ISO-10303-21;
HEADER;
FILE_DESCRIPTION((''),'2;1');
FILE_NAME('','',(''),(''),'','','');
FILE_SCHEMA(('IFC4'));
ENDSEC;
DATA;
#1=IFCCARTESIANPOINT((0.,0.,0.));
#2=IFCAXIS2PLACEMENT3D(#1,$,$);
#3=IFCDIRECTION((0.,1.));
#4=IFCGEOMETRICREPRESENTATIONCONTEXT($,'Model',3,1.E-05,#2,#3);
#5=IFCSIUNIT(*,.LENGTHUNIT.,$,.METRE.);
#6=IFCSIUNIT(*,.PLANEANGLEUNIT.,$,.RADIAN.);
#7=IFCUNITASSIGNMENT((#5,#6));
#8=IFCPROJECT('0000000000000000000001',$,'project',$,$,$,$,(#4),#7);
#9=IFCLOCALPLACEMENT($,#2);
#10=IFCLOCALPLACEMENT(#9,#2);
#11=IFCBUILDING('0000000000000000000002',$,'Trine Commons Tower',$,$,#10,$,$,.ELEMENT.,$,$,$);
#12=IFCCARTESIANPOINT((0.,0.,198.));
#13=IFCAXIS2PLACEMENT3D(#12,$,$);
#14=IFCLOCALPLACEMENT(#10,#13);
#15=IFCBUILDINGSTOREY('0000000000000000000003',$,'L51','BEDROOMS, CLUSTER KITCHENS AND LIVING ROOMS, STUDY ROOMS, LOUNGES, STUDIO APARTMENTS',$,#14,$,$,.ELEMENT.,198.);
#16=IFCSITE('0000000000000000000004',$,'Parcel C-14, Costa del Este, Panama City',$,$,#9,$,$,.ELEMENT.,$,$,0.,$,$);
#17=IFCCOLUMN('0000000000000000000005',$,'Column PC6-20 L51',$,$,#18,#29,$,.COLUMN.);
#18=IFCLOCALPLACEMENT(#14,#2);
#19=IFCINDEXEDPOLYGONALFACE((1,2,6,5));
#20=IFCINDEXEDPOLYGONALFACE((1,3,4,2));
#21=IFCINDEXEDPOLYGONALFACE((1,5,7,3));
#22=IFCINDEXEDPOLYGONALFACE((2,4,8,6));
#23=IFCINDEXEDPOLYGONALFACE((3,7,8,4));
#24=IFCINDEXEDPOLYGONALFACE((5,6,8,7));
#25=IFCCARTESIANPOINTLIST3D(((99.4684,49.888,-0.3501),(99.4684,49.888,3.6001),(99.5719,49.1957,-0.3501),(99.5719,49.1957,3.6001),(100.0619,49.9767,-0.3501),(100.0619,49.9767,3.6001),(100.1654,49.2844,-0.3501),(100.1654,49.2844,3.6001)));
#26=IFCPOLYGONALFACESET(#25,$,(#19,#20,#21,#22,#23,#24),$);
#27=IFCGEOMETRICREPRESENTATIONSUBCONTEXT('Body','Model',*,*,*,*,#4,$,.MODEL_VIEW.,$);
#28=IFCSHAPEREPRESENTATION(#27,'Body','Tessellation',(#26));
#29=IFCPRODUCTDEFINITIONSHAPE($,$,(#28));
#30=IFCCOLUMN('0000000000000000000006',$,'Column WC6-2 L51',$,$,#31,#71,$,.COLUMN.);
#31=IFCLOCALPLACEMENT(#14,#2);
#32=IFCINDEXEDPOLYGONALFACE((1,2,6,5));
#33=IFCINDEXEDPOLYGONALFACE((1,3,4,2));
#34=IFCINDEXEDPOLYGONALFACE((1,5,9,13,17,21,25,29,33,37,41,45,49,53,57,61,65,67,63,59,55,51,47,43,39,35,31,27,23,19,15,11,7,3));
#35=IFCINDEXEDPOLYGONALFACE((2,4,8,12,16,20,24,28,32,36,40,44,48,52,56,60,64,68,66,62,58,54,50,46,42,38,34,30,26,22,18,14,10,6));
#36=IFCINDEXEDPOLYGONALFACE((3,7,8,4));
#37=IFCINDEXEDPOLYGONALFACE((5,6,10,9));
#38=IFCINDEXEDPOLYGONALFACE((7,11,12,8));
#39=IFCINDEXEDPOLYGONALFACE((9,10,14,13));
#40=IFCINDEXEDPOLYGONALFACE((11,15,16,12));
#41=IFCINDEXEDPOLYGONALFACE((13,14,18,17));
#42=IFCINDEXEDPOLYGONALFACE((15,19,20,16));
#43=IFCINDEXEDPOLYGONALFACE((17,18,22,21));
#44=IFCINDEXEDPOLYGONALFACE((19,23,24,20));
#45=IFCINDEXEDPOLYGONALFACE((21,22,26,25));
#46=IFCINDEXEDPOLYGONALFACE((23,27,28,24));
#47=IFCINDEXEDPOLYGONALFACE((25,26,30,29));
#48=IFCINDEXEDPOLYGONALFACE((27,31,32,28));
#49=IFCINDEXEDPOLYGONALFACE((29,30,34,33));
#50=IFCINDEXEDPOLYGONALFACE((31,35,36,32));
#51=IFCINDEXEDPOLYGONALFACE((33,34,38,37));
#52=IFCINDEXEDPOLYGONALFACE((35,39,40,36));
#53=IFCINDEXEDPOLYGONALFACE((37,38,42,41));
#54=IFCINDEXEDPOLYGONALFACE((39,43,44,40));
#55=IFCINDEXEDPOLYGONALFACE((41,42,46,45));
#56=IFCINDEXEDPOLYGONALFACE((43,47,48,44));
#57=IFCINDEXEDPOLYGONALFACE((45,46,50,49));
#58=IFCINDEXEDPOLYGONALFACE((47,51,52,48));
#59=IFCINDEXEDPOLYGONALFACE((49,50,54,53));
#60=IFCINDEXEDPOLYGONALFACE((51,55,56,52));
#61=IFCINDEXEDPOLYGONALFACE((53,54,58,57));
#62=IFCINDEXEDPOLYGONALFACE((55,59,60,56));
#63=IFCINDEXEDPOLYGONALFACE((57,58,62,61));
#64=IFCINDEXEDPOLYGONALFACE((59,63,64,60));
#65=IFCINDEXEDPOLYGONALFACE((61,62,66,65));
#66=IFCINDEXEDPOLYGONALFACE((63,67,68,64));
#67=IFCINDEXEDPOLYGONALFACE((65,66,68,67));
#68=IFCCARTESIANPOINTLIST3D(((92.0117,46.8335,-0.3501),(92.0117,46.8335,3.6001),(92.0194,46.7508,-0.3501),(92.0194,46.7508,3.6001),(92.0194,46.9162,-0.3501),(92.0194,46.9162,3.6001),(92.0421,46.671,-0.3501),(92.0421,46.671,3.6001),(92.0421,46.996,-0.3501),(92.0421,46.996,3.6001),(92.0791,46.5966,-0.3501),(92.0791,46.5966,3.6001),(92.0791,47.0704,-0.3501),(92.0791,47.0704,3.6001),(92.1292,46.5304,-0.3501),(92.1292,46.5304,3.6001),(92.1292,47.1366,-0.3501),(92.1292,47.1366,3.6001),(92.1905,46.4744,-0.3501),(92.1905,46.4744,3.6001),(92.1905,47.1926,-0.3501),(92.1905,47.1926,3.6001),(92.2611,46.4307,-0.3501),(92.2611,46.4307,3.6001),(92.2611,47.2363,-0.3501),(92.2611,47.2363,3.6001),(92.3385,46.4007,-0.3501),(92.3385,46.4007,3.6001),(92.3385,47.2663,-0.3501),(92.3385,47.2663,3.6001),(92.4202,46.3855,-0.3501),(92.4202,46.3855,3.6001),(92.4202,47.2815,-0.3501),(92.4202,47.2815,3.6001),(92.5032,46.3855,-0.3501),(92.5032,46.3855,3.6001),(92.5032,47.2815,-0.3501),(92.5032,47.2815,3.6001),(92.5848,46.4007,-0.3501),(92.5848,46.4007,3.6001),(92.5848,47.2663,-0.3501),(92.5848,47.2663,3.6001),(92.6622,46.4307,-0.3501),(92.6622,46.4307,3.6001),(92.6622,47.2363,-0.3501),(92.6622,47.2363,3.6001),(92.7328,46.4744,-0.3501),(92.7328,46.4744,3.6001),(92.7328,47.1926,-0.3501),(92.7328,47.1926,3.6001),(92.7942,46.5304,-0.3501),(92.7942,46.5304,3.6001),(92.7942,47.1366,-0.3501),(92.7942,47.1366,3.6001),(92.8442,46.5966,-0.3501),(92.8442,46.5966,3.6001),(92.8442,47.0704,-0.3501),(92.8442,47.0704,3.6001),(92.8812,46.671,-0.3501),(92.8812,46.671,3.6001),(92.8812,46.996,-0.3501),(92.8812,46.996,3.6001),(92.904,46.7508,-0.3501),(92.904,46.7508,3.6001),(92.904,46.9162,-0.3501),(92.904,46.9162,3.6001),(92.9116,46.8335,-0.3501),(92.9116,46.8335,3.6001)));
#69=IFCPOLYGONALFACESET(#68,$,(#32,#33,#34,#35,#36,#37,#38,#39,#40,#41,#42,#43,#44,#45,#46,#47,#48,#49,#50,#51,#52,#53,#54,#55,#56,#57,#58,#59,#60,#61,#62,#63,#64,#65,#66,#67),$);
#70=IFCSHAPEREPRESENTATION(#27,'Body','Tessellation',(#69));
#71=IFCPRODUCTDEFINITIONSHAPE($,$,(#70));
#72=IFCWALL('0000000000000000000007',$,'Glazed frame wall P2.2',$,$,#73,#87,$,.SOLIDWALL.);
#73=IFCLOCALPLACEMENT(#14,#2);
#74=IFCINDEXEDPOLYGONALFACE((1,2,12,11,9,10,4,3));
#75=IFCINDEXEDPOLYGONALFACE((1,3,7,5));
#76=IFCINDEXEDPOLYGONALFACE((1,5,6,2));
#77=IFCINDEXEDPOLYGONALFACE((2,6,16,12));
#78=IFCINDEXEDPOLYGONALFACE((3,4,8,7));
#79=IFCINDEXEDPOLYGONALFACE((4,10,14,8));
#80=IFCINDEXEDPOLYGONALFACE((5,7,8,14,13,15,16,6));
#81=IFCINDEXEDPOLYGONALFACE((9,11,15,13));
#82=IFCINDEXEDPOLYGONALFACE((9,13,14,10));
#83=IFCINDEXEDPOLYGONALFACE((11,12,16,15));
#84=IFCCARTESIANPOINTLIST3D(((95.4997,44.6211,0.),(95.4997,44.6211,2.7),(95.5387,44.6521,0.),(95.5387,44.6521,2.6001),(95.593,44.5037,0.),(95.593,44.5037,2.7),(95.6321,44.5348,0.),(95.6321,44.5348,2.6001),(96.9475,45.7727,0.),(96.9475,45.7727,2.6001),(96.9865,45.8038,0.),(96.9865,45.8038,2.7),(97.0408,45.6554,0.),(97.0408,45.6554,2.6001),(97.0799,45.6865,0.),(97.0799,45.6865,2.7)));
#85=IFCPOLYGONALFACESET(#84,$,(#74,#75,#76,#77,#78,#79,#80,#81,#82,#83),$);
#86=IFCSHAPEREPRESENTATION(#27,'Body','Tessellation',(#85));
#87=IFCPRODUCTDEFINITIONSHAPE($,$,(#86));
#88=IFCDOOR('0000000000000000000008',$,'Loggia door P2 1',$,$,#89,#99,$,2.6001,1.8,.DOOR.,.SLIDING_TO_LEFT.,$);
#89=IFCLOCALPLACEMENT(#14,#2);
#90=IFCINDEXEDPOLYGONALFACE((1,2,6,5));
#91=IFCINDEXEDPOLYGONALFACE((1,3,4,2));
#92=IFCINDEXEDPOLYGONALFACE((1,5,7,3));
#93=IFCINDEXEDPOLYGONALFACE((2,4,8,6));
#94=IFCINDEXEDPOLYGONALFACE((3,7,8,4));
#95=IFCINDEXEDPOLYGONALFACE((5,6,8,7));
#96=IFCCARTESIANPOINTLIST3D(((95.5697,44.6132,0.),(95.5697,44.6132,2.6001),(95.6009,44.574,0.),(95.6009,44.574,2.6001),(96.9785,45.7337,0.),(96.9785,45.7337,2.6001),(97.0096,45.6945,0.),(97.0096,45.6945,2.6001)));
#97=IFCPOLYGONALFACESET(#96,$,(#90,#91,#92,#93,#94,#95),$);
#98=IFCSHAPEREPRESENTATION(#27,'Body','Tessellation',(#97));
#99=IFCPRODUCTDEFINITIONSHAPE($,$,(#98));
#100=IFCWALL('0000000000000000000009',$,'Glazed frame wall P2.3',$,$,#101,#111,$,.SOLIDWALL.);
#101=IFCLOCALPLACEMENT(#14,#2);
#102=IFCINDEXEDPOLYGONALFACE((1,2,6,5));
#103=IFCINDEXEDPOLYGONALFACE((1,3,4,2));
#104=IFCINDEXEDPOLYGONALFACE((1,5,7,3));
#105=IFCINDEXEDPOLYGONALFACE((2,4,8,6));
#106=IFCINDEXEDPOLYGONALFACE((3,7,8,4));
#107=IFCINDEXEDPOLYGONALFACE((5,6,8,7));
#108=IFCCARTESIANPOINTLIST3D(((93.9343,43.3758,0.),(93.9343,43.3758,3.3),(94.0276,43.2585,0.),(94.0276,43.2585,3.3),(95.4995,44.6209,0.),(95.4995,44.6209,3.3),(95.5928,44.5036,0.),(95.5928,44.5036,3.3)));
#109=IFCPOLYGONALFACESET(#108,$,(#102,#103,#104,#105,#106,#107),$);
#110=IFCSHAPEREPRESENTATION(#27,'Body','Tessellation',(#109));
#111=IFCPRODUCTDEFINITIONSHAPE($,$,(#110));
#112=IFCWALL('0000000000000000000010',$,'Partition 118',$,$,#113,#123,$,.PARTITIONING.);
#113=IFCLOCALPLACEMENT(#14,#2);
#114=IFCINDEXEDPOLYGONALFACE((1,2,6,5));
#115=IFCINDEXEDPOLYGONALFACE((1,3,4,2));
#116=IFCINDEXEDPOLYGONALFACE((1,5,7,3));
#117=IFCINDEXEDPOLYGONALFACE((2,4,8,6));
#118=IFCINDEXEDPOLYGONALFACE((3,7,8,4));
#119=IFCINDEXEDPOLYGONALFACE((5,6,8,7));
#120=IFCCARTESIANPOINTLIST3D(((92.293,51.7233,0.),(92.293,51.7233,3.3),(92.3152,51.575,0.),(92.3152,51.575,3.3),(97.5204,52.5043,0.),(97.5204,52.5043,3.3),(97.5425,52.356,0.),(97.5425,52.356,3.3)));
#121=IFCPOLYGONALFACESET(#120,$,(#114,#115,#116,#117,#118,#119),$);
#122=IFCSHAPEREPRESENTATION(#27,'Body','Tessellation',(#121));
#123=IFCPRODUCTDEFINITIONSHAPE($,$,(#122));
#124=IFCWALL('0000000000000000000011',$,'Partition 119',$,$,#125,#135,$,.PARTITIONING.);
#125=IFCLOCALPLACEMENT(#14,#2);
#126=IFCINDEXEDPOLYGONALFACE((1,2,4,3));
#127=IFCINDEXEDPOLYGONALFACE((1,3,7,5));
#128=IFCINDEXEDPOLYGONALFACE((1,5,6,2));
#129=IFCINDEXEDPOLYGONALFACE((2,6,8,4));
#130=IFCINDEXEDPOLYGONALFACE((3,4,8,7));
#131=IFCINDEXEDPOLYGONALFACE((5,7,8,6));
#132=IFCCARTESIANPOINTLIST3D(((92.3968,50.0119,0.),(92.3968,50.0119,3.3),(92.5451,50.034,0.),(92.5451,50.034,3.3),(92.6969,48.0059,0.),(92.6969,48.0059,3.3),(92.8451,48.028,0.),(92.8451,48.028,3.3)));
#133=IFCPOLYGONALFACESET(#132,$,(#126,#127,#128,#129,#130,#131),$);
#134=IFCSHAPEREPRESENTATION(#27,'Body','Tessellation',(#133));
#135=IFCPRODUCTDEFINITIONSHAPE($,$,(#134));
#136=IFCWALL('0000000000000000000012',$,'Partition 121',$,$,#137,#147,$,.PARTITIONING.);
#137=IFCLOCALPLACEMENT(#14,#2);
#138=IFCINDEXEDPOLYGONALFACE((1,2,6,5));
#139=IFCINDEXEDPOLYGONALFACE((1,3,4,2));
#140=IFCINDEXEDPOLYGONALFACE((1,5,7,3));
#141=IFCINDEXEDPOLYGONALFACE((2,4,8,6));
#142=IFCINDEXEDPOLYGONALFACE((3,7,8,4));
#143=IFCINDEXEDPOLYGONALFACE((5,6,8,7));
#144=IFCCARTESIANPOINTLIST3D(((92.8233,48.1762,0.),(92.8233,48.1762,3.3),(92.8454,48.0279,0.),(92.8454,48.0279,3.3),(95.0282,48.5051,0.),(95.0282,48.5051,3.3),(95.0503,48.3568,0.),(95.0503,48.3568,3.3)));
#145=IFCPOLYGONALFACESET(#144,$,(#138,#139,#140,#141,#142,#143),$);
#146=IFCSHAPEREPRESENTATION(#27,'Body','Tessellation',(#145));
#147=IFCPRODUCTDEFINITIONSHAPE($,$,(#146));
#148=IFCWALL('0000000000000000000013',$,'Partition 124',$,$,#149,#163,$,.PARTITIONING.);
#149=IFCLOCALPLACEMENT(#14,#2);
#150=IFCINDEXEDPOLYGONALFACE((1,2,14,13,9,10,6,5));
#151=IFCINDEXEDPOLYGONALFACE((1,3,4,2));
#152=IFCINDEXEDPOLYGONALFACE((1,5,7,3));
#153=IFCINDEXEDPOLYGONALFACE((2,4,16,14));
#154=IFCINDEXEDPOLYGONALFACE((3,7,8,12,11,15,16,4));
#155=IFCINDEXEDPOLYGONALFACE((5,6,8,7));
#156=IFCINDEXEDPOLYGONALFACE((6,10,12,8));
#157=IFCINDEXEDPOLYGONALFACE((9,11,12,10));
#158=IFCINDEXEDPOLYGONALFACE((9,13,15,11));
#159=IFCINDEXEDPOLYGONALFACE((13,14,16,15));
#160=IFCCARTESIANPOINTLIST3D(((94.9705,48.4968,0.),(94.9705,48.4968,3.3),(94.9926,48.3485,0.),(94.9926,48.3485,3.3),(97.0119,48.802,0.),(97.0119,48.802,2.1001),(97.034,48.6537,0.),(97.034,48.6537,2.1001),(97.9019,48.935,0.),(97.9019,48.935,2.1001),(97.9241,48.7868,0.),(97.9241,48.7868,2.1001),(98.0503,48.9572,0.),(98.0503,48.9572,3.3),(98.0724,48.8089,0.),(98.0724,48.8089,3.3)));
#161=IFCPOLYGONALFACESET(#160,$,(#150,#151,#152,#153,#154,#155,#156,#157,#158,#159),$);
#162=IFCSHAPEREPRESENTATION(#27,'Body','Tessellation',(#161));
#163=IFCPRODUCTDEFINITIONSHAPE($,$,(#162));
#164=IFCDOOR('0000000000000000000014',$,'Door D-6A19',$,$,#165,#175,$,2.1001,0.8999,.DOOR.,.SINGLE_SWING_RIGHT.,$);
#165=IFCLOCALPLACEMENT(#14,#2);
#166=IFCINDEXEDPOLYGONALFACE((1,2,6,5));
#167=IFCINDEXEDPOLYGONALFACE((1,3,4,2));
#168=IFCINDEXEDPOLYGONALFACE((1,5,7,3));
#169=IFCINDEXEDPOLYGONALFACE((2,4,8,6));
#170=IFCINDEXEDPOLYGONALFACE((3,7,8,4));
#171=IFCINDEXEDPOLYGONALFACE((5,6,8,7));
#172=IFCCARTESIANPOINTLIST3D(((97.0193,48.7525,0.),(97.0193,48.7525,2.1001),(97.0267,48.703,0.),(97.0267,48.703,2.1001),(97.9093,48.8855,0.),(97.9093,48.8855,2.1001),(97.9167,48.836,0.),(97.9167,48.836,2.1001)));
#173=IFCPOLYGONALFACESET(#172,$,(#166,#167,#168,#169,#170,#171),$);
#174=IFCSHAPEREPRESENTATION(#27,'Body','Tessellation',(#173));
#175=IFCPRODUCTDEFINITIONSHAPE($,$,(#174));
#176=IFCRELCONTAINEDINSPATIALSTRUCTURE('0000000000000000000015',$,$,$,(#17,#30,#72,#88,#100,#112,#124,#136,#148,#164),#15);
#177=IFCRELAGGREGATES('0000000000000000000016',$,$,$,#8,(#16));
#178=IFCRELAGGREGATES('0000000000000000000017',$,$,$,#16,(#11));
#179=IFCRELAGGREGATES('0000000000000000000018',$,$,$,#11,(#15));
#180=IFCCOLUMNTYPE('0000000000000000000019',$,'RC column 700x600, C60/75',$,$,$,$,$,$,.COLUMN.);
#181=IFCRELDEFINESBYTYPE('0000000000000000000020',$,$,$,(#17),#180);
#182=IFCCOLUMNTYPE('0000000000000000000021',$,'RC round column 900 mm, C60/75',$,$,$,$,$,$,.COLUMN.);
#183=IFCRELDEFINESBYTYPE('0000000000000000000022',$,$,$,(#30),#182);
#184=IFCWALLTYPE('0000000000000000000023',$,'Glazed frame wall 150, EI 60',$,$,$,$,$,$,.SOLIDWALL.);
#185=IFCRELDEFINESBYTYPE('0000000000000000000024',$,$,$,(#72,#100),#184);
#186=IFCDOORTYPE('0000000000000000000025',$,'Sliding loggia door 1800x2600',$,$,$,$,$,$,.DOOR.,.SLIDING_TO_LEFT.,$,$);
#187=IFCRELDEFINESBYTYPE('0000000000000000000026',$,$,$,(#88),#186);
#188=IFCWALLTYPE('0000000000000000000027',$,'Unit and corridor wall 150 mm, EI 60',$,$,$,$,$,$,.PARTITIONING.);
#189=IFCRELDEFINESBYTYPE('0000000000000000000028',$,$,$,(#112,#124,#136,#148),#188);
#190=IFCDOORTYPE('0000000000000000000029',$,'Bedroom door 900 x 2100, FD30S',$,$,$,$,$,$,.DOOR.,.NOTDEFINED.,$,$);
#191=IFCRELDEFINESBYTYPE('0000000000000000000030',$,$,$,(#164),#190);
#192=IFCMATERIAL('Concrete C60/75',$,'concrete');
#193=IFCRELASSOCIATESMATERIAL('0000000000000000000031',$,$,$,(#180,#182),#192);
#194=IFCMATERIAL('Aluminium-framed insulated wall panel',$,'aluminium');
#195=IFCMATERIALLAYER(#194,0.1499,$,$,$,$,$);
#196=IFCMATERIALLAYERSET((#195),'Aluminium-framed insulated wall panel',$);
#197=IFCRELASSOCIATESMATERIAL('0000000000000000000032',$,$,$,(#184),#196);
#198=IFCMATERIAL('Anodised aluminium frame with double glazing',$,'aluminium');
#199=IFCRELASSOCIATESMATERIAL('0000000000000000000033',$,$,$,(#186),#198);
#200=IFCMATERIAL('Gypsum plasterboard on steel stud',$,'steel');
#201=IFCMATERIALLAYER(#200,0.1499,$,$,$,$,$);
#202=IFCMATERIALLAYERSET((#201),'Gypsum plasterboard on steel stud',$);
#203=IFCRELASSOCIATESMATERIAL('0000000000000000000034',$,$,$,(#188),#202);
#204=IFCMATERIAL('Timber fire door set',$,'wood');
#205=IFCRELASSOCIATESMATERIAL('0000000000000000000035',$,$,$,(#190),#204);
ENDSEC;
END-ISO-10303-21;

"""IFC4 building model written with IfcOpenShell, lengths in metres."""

from ifc_helpers import new_model, si_unit, direction, frame, frame_2d, origin, origin_2d, place, context, subcontext, project, spatial, polyline, rectangle, circle, outline, extrude, material, layer, layer_set, material_profile, profile_set, type_object, element, fill, save


model = new_model("IFC4")

# Units and contexts
model_context = context("Model", 3, precision=1e-05, world=origin(), true_north=direction((0.0, 1.0)))
body_context = subcontext(model_context, "Body", "Model", "MODEL_VIEW")
ifc_project = project(units=[si_unit("LENGTHUNIT", "METRE"), si_unit("PLANEANGLEUNIT", "RADIAN")], contexts=[model_context])

# Site, building, storey
site_placement = place(None, origin())
site = spatial("IfcSite", under=ifc_project, at=site_placement, Name="Parcel C-14, Costa del Este, Panama City", CompositionType="ELEMENT", RefElevation=0.0)
building_placement = place(site_placement, origin())
building = spatial("IfcBuilding", under=site, at=building_placement, Name="Trine Commons Tower", CompositionType="ELEMENT")
storey_placement = place(building_placement, frame((0.0, 0.0, 198.0)))
storey = spatial("IfcBuildingStorey", under=building, at=storey_placement, Name="L51", Description="BEDROOMS, CLUSTER KITCHENS AND LIVING ROOMS, STUDY ROOMS, LOUNGES, STUDIO APARTMENTS", CompositionType="ELEMENT", Elevation=198.0)

# Columns
ifc_material_1 = material(Name="Concrete C60/75", Category="concrete")
ifc_material_profile_1 = material_profile(ifc_material_1, rectangle(XDim=0.7, YDim=0.6001, at=origin_2d()), Name="RC 700x600")
ifc_profile_set_1 = profile_set([ifc_material_profile_1], Name="Concrete C60/75")
column_type_1 = type_object("IfcColumnType", Name="RC column 700x600, C60/75", PredefinedType="COLUMN", material=ifc_profile_set_1)
column_1_placement = place(storey_placement, frame((99.8169, 49.5862, -0.3501), z_axis=(0.0, 0.0, 1.0), x_axis=(-0.147809, 0.989016, 0.0)))
element("IfcColumn", 1, at=column_1_placement, inside=storey, type_object=column_type_1, Name="Column PC6-20 L51", PredefinedType="COLUMN", context=body_context, shape_type="SweptSolid", body=[
    extrude(rectangle(XDim=0.7, YDim=0.6001, at=origin_2d()), origin(), (0.0, 0.0, 1.0), 3.9502),
])
ifc_material_profile_2 = material_profile(ifc_material_1, circle(Radius=0.45, at=origin_2d()), Name="RC round 900")
ifc_profile_set_2 = profile_set([ifc_material_profile_2], Name="Concrete C60/75")
column_type_2 = type_object("IfcColumnType", Name="RC round column 900 mm, C60/75", PredefinedType="COLUMN", material=ifc_profile_set_2)
column_2_placement = place(storey_placement, frame((92.4617, 46.8335, -0.3501), z_axis=(0.0, 0.0, 1.0), x_axis=(1.0, 0.0, 0.0)))
element("IfcColumn", 2, at=column_2_placement, inside=storey, type_object=column_type_2, Name="Column WC6-2 L51", PredefinedType="COLUMN", context=body_context, shape_type="SweptSolid", body=[
    extrude(circle(Radius=0.45, at=origin_2d()), origin(), (0.0, 0.0, 1.0), 3.9502),
])

# Shared definitions
ifc_material_2 = material(Name="Aluminium-framed insulated wall panel", Category="aluminium")
ifc_layer_1 = layer(ifc_material_2, 0.1499)
ifc_layer_set_1 = layer_set([ifc_layer_1], Name="Aluminium-framed insulated wall panel")
wall_type_1 = type_object("IfcWallType", Name="Glazed frame wall 150, EI 60", PredefinedType="SOLIDWALL", material=ifc_layer_set_1)

# Wall, opening, door
wall_1_placement = place(storey_placement, frame((97.0332, 45.7451, 0.0), z_axis=(0.0, 0.0, 1.0), x_axis=(-0.782608, -0.622515, 0.0)))
wall_1 = element("IfcWall", 3, at=wall_1_placement, inside=storey, type_object=wall_type_1, Name="Glazed frame wall P2.2", PredefinedType="SOLIDWALL", context=body_context, shape_type="SweptSolid", body=[
    extrude(outline(polyline([(0.0, -0.075), (1.8999, -0.075), (1.8999, 0.075), (0.0, 0.075), (0.0, -0.075)])), origin(), (0.0, 0.0, 1.0), 2.7),
])
opening_1_placement = place(wall_1_placement, frame((0.05, 0.0, 0.0)))
opening_1 = element("IfcOpeningElement", 4, at=opening_1_placement, cuts=wall_1, PredefinedType="OPENING", context=body_context, shape_type="SweptSolid", body=[
    extrude(rectangle(XDim=1.8, YDim=2.6001, at=frame_2d((0.8999, 1.3))), frame((0.0, 0.085, 0.0), z_axis=(0.0, -1.0, 0.0), x_axis=(1.0, 0.0, 0.0)), (0.0, 0.0, 1.0), 0.1699),
])
ifc_material_3 = material(Name="Anodised aluminium frame with double glazing", Category="aluminium")
door_type_1 = type_object("IfcDoorType", Name="Sliding loggia door 1800x2600", OperationType="SLIDING_TO_LEFT", PredefinedType="DOOR", material=ifc_material_3)
door_1_placement = place(opening_1_placement, origin())
door_1 = element("IfcDoor", 5, at=door_1_placement, inside=storey, type_object=door_type_1, Name="Loggia door P2 1", OperationType="SLIDING_TO_LEFT", OverallHeight=2.6001, OverallWidth=1.8, PredefinedType="DOOR", context=body_context, shape_type="SweptSolid", body=[
    extrude(rectangle(XDim=1.8, YDim=2.6001, at=frame_2d((0.8999, 1.3))), frame((0.0, 0.0249, 0.0), z_axis=(0.0, -1.0, 0.0), x_axis=(1.0, 0.0, 0.0)), (0.0, 0.0, 1.0), 0.05),
])
fill(opening_1, door_1)

# Walls
wall_2_placement = place(storey_placement, frame((95.5461, 44.5623, 0.0), z_axis=(0.0, 0.0, 1.0), x_axis=(-0.782581, -0.622549, 0.0)))
element("IfcWall", 6, at=wall_2_placement, inside=storey, type_object=wall_type_1, Name="Glazed frame wall P2.3", PredefinedType="SOLIDWALL", context=body_context, shape_type="SweptSolid", body=[
    extrude(outline(polyline([(0.0, -0.075), (2.0, -0.075), (2.0, 0.075), (0.0, 0.075), (0.0, -0.075)])), origin(), (0.0, 0.0, 1.0), 3.3),
])
ifc_material_4 = material(Name="Gypsum plasterboard on steel stud", Category="steel")
ifc_layer_2 = layer(ifc_material_4, 0.1499)
ifc_layer_set_2 = layer_set([ifc_layer_2], Name="Gypsum plasterboard on steel stud")
wall_type_2 = type_object("IfcWallType", Name="Unit and corridor wall 150 mm, EI 60", PredefinedType="PARTITIONING", material=ifc_layer_set_2)
wall_3_placement = place(storey_placement, frame((92.3042, 51.6492, 0.0), z_axis=(0.0, 0.0, 1.0), x_axis=(0.989022, 0.147769, 0.0)))
element("IfcWall", 7, at=wall_3_placement, inside=storey, type_object=wall_type_2, Name="Partition 118", PredefinedType="PARTITIONING", context=body_context, shape_type="SweptSolid", body=[
    extrude(rectangle(XDim=5.2854, YDim=0.1499, at=frame_2d((2.6426, 0.0))), origin(), (0.0, 0.0, 1.0), 3.3),
])
wall_4_placement = place(storey_placement, frame((92.4709, 50.0229, 0.0), z_axis=(0.0, 0.0, 1.0), x_axis=(0.147923, -0.988999, 0.0)))
element("IfcWall", 8, at=wall_4_placement, inside=storey, type_object=wall_type_2, Name="Partition 119", PredefinedType="PARTITIONING", context=body_context, shape_type="SweptSolid", body=[
    extrude(rectangle(XDim=2.0283, YDim=0.1499, at=frame_2d((1.0142, 0.0))), origin(), (0.0, 0.0, 1.0), 3.3),
])
wall_5_placement = place(storey_placement, frame((92.8342, 48.1021, 0.0), z_axis=(0.0, 0.0, 1.0), x_axis=(0.989059, 0.147521, 0.0)))
element("IfcWall", 9, at=wall_5_placement, inside=storey, type_object=wall_type_2, Name="Partition 121", PredefinedType="PARTITIONING", context=body_context, shape_type="SweptSolid", body=[
    extrude(rectangle(XDim=2.2292, YDim=0.1499, at=frame_2d((1.1147, 0.0))), origin(), (0.0, 0.0, 1.0), 3.3),
])

# Wall, opening, door
wall_6_placement = place(storey_placement, frame((94.9814, 48.4226, 0.0), z_axis=(0.0, 0.0, 1.0), x_axis=(0.989008, 0.147861, 0.0)))
wall_6 = element("IfcWall", 10, at=wall_6_placement, inside=storey, type_object=wall_type_2, Name="Partition 124", PredefinedType="PARTITIONING", context=body_context, shape_type="SweptSolid", body=[
    extrude(rectangle(XDim=3.114, YDim=0.1499, at=frame_2d((1.5571, 0.0))), origin(), (0.0, 0.0, 1.0), 3.3),
])
opening_2_placement = place(wall_6_placement, frame((2.0642, 0.0, 0.0)))
opening_2 = element("IfcOpeningElement", 11, at=opening_2_placement, cuts=wall_6, PredefinedType="OPENING", context=body_context, shape_type="SweptSolid", body=[
    extrude(rectangle(XDim=0.8999, YDim=2.1001, at=frame_2d((0.45, 1.05))), frame((0.0, 0.085, 0.0), z_axis=(0.0, -1.0, 0.0), x_axis=(1.0, 0.0, 0.0)), (0.0, 0.0, 1.0), 0.1699),
])
ifc_material_5 = material(Name="Timber fire door set", Category="wood")
door_type_2 = type_object("IfcDoorType", Name="Bedroom door 900 x 2100, FD30S", OperationType="NOTDEFINED", PredefinedType="DOOR", material=ifc_material_5)
door_2_placement = place(opening_2_placement, origin())
door_2 = element("IfcDoor", 12, at=door_2_placement, inside=storey, type_object=door_type_2, Name="Door D-6A19", OperationType="SINGLE_SWING_RIGHT", OverallHeight=2.1001, OverallWidth=0.8999, PredefinedType="DOOR", context=body_context, shape_type="SweptSolid", body=[
    extrude(rectangle(XDim=0.8999, YDim=2.1001, at=frame_2d((0.45, 1.05))), frame((0.0, 0.0249, 0.0), z_axis=(0.0, -1.0, 0.0), x_axis=(1.0, 0.0, 0.0)), (0.0, 0.0, 1.0), 0.05),
])
fill(opening_2, door_2)

save(model, "model.ifc")
